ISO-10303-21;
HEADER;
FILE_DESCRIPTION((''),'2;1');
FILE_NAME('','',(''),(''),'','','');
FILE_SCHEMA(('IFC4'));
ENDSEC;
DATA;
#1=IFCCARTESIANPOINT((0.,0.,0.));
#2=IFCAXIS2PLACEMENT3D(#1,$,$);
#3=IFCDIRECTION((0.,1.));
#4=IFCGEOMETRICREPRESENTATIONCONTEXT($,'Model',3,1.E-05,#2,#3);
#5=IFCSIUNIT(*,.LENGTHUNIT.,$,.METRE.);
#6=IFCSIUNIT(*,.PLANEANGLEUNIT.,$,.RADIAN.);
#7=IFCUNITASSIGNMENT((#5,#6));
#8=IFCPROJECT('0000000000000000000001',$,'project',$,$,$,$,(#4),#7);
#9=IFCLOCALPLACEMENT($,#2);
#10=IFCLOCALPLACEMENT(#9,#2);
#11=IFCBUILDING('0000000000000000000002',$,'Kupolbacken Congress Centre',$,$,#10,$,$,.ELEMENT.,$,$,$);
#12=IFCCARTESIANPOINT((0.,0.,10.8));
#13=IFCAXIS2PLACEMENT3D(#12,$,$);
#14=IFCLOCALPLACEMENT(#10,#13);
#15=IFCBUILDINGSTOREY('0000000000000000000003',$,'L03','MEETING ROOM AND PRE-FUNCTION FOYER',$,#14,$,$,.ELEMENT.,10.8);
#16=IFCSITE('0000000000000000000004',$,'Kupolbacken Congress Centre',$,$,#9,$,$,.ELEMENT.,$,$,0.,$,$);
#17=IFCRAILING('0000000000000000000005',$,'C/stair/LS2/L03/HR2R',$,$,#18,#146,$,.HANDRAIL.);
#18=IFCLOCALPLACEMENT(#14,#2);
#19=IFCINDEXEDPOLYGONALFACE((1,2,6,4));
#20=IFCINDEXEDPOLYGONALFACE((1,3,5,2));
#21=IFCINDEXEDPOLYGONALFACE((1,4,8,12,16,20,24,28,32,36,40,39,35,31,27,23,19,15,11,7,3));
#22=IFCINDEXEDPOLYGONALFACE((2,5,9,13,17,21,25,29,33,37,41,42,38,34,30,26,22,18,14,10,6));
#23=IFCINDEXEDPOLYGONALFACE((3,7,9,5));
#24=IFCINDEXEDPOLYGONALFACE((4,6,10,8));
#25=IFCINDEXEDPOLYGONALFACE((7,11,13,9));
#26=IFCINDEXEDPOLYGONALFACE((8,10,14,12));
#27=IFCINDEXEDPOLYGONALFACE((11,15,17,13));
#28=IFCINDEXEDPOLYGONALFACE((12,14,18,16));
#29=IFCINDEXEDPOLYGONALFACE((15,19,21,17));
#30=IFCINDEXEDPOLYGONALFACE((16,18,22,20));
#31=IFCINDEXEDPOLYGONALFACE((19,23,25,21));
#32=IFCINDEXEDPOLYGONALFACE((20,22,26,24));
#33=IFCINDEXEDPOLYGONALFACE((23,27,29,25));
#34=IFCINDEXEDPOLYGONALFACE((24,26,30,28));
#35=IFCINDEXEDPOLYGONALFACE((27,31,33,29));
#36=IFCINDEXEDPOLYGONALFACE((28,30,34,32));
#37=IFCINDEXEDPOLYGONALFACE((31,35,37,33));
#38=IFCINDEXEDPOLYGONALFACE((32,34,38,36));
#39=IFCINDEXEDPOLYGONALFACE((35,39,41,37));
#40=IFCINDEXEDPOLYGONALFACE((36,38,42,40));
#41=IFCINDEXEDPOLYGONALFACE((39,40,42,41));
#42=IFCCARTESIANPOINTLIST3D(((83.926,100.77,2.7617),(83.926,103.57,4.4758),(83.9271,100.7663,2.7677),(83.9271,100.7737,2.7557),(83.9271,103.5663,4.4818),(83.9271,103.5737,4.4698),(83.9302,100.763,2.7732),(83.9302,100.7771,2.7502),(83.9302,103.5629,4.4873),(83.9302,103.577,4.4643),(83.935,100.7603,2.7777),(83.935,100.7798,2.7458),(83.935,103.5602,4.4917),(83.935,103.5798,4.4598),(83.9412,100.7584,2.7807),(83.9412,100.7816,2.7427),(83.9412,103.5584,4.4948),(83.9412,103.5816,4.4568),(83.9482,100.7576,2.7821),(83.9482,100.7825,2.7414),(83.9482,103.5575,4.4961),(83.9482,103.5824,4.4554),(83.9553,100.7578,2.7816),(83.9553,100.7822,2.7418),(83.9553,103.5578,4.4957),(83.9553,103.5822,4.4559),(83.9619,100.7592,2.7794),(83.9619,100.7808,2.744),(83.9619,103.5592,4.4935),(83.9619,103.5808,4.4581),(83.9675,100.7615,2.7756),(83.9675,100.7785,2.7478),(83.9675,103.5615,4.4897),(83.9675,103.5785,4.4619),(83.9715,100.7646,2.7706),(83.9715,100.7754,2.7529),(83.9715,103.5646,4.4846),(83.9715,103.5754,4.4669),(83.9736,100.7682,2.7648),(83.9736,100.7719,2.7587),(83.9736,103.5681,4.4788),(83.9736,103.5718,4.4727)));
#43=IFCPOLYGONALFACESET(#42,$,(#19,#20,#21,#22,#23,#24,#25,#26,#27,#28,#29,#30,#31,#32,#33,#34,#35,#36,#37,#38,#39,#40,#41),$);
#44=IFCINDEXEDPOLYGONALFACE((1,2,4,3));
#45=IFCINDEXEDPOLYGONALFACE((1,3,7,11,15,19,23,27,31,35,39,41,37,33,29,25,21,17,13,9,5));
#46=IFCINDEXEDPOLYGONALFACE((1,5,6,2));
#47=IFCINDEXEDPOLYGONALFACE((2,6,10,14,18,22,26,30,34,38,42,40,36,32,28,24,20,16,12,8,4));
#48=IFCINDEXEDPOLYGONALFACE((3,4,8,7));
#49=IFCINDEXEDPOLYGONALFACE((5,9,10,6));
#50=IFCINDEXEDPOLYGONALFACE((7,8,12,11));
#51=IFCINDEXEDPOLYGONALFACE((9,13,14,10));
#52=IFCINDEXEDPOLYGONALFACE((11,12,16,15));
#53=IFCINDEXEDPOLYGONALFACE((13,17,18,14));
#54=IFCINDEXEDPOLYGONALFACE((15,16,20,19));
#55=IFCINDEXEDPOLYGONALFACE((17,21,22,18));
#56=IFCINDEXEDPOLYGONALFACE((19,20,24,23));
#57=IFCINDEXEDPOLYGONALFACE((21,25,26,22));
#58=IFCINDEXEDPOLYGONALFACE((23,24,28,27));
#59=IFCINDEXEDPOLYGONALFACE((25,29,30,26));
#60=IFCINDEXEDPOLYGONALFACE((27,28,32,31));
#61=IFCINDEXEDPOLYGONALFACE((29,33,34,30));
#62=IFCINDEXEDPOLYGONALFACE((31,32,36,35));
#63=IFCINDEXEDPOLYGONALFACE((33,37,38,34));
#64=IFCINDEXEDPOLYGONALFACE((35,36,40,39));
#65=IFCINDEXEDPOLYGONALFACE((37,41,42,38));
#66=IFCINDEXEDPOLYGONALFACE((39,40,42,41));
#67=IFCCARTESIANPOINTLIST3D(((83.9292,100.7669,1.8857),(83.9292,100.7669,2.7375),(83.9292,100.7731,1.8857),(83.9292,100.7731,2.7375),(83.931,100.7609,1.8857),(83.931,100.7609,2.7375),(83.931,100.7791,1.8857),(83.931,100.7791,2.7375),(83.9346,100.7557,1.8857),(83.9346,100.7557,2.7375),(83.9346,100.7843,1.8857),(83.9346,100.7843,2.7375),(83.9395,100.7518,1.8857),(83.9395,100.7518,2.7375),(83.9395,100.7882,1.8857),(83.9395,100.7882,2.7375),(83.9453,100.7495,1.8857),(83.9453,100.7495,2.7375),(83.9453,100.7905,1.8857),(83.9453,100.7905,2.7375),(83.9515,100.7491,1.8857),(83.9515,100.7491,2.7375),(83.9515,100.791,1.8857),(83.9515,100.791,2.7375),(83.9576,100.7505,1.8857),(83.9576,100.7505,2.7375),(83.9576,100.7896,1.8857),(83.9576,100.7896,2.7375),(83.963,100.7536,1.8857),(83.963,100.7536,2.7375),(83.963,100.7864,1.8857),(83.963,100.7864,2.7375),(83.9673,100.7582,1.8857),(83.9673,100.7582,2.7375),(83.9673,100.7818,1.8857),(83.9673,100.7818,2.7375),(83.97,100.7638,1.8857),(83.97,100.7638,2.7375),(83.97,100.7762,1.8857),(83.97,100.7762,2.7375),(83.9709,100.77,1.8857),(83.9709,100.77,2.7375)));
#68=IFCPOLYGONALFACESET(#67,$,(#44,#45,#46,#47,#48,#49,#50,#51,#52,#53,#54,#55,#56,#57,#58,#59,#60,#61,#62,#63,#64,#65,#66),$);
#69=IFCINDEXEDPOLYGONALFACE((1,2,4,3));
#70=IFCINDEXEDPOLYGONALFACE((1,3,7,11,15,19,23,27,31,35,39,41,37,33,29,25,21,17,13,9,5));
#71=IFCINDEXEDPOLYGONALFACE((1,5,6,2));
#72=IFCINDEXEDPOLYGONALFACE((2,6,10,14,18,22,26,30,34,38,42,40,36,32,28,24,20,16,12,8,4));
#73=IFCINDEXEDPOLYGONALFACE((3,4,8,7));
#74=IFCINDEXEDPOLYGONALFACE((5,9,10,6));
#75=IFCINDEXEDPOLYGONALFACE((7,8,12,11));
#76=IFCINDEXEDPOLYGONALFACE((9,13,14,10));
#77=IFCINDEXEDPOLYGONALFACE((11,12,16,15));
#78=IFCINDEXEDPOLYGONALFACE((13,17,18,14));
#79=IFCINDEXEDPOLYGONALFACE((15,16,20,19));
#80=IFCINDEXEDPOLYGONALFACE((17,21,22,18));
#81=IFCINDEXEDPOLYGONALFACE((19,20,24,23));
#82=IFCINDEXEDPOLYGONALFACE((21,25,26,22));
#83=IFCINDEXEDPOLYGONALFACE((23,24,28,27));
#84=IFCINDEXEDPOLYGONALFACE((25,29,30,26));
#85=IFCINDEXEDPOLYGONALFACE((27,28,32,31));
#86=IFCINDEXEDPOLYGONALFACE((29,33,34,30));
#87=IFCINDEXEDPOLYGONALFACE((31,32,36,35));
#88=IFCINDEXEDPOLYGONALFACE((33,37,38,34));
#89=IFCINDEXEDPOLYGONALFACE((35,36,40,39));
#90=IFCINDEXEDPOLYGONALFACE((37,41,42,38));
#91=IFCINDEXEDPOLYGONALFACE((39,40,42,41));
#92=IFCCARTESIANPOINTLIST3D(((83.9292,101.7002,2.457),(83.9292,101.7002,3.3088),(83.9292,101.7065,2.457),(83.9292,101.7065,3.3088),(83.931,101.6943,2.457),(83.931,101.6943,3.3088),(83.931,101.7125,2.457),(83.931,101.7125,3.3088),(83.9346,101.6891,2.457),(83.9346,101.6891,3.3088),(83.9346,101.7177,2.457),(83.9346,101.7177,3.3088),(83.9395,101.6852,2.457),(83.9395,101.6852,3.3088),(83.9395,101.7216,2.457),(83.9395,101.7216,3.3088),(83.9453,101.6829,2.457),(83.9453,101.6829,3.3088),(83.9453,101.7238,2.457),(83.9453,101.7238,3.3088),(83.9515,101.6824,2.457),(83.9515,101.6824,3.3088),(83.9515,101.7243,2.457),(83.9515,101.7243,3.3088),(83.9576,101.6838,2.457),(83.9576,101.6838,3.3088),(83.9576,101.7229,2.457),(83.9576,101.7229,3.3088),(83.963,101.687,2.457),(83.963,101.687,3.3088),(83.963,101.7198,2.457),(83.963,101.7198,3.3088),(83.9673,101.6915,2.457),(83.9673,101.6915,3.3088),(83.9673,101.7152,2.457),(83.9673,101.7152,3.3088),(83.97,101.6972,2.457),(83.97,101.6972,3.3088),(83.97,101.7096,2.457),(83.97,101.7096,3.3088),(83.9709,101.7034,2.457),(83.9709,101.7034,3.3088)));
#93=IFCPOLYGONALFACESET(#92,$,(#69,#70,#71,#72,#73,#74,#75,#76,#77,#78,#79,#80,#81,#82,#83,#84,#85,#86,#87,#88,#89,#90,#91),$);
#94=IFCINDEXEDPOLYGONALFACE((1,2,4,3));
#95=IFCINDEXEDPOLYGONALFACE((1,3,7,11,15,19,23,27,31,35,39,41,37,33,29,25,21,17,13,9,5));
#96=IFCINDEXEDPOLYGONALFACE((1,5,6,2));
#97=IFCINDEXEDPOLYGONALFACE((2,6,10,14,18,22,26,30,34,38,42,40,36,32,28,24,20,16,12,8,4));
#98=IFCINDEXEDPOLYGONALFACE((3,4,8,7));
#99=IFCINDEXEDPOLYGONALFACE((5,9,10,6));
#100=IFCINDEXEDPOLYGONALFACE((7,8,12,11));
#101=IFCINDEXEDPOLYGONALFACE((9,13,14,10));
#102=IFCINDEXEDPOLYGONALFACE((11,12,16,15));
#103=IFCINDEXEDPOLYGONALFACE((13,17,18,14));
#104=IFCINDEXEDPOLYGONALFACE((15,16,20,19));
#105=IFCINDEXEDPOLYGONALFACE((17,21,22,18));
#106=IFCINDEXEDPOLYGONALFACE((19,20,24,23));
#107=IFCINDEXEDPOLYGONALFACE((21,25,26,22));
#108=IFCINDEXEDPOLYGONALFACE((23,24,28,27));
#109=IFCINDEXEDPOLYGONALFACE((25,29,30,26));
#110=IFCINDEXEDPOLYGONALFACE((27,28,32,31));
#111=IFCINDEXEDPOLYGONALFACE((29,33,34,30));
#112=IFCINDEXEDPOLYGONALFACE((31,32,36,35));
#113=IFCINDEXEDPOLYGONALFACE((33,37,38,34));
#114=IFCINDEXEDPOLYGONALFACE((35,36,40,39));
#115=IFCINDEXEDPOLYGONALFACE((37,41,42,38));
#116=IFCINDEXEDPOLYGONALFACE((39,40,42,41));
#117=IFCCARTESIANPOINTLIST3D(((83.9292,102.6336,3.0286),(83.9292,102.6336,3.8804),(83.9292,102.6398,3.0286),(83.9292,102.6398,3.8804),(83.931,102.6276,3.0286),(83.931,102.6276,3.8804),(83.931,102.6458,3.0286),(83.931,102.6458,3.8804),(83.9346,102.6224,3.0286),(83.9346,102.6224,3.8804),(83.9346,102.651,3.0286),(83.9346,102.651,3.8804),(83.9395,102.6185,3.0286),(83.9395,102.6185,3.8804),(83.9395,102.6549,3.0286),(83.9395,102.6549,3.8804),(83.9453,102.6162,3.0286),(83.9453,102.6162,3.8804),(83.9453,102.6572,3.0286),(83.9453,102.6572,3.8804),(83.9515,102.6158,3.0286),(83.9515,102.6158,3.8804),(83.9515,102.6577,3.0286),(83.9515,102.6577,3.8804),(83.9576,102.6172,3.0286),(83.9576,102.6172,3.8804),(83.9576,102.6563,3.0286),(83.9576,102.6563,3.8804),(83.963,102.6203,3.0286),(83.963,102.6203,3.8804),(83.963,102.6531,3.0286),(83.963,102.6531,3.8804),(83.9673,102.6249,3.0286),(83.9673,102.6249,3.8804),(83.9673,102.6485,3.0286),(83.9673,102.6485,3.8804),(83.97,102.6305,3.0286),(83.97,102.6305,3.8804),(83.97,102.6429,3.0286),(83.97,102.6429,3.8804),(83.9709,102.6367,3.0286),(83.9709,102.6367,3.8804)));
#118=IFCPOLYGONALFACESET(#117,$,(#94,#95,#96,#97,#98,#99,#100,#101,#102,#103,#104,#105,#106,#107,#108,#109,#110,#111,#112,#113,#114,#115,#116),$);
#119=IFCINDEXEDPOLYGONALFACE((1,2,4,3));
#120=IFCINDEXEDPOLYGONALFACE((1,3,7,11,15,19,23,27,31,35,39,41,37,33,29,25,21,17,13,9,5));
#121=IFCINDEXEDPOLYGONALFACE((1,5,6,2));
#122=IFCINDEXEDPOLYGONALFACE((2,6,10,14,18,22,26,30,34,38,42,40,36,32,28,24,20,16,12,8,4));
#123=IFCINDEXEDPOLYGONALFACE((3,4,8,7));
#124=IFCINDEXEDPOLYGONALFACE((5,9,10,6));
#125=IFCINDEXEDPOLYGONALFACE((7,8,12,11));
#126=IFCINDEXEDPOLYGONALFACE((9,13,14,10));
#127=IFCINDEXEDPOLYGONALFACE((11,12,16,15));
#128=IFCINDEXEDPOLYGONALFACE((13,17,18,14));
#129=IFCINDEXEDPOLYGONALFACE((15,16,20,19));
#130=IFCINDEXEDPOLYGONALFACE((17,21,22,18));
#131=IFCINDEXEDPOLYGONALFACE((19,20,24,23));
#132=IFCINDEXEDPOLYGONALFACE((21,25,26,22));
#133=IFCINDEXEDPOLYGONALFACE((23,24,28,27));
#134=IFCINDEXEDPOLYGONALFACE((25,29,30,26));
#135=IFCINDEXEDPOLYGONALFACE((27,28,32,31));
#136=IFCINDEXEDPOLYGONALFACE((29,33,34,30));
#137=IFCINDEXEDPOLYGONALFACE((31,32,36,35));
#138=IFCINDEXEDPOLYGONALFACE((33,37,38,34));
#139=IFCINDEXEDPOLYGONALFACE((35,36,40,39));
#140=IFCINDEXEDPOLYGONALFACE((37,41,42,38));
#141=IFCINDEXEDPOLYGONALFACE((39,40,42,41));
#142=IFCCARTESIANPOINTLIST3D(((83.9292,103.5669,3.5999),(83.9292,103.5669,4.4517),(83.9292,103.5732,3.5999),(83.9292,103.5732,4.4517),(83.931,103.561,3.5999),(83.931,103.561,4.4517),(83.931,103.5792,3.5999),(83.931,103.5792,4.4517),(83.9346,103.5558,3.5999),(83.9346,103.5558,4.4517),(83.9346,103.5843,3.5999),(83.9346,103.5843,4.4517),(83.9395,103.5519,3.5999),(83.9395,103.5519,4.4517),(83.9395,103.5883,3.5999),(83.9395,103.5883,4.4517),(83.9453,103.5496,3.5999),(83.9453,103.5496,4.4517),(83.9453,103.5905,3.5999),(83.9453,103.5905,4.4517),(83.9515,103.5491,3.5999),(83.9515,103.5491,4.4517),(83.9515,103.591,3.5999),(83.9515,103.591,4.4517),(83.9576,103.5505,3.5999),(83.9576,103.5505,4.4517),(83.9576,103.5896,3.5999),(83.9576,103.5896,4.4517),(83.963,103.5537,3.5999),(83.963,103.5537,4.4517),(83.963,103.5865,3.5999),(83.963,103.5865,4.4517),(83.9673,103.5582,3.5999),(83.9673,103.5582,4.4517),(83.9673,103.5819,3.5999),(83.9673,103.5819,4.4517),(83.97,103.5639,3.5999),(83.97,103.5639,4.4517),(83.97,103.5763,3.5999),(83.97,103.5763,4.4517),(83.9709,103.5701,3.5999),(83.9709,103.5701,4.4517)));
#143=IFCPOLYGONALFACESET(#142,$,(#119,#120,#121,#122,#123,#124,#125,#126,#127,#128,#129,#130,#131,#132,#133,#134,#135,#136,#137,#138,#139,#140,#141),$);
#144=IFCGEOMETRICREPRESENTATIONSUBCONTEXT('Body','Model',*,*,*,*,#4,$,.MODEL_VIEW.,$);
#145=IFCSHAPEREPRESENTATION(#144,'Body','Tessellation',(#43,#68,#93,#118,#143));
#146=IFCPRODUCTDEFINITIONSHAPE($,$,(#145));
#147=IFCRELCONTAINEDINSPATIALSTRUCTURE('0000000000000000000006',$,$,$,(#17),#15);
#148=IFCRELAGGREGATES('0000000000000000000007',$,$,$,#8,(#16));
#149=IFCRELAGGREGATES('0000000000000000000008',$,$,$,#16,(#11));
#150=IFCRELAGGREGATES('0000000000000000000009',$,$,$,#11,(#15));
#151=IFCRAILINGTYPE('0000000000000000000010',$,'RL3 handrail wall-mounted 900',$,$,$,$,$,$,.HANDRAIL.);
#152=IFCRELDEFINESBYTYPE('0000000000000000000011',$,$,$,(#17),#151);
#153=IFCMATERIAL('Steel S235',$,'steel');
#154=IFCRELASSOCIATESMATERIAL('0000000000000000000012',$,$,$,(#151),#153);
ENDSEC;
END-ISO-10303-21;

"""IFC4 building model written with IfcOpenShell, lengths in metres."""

from ifc_helpers import new_model, si_unit, direction, frame, origin, origin_2d, place, context, subcontext, project, spatial, circle, extrude, material, type_object, element, save


model = new_model("IFC4")

# Units and contexts
model_context = context("Model", 3, precision=1e-05, world=origin(), true_north=direction((0.0, 1.0)))
body_context = subcontext(model_context, "Body", "Model", "MODEL_VIEW")
ifc_project = project(units=[si_unit("LENGTHUNIT", "METRE"), si_unit("PLANEANGLEUNIT", "RADIAN")], contexts=[model_context])

# Site, building, storey
site_placement = place(None, origin())
site = spatial("IfcSite", under=ifc_project, at=site_placement, Name="Kupolbacken Congress Centre", CompositionType="ELEMENT", RefElevation=0.0)
building_placement = place(site_placement, origin())
building = spatial("IfcBuilding", under=site, at=building_placement, Name="Kupolbacken Congress Centre", CompositionType="ELEMENT")
storey_placement = place(building_placement, frame((0.0, 0.0, 10.8)))
storey = spatial("IfcBuildingStorey", under=building, at=storey_placement, Name="L03", Description="MEETING ROOM AND PRE-FUNCTION FOYER", CompositionType="ELEMENT", Elevation=10.8)

# Railing
ifc_material_1 = material(Name="Steel S235", Category="steel")
railing_type = type_object("IfcRailingType", Name="RL3 handrail wall-mounted 900", PredefinedType="HANDRAIL", material=ifc_material_1)
for number, where, name in (
    (1, (83.95, 100.77, 1.8857), "C/stair/LS2/L03/HR2R"),
):
    element("IfcRailing", number, at=place(storey_placement, frame(where)), inside=storey, type_object=railing_type, Name=name, PredefinedType="HANDRAIL", context=body_context, shape_type="SweptSolid", body=[
        extrude(circle(Radius=0.0239, at=origin_2d()), frame((0.0, 0.0, 0.876), z_axis=(0.0, 0.852879, 0.522109), x_axis=(-1.0, 0.0, 0.0)), (0.0, 0.0, 1.0), 3.283),
        extrude(circle(Radius=0.021, at=origin_2d()), origin(), (0.0, 0.0, 1.0), 0.8518),
        extrude(circle(Radius=0.021, at=origin_2d()), frame((0.0, 0.9333, 0.5713)), (0.0, 0.0, 1.0), 0.8518),
        extrude(circle(Radius=0.021, at=origin_2d()), frame((0.0, 1.8667, 1.1428)), (0.0, 0.0, 1.0), 0.8518),
        extrude(circle(Radius=0.021, at=origin_2d()), frame((0.0, 2.8, 1.7141)), (0.0, 0.0, 1.0), 0.8518),
    ])

save(model, "model.ifc")
